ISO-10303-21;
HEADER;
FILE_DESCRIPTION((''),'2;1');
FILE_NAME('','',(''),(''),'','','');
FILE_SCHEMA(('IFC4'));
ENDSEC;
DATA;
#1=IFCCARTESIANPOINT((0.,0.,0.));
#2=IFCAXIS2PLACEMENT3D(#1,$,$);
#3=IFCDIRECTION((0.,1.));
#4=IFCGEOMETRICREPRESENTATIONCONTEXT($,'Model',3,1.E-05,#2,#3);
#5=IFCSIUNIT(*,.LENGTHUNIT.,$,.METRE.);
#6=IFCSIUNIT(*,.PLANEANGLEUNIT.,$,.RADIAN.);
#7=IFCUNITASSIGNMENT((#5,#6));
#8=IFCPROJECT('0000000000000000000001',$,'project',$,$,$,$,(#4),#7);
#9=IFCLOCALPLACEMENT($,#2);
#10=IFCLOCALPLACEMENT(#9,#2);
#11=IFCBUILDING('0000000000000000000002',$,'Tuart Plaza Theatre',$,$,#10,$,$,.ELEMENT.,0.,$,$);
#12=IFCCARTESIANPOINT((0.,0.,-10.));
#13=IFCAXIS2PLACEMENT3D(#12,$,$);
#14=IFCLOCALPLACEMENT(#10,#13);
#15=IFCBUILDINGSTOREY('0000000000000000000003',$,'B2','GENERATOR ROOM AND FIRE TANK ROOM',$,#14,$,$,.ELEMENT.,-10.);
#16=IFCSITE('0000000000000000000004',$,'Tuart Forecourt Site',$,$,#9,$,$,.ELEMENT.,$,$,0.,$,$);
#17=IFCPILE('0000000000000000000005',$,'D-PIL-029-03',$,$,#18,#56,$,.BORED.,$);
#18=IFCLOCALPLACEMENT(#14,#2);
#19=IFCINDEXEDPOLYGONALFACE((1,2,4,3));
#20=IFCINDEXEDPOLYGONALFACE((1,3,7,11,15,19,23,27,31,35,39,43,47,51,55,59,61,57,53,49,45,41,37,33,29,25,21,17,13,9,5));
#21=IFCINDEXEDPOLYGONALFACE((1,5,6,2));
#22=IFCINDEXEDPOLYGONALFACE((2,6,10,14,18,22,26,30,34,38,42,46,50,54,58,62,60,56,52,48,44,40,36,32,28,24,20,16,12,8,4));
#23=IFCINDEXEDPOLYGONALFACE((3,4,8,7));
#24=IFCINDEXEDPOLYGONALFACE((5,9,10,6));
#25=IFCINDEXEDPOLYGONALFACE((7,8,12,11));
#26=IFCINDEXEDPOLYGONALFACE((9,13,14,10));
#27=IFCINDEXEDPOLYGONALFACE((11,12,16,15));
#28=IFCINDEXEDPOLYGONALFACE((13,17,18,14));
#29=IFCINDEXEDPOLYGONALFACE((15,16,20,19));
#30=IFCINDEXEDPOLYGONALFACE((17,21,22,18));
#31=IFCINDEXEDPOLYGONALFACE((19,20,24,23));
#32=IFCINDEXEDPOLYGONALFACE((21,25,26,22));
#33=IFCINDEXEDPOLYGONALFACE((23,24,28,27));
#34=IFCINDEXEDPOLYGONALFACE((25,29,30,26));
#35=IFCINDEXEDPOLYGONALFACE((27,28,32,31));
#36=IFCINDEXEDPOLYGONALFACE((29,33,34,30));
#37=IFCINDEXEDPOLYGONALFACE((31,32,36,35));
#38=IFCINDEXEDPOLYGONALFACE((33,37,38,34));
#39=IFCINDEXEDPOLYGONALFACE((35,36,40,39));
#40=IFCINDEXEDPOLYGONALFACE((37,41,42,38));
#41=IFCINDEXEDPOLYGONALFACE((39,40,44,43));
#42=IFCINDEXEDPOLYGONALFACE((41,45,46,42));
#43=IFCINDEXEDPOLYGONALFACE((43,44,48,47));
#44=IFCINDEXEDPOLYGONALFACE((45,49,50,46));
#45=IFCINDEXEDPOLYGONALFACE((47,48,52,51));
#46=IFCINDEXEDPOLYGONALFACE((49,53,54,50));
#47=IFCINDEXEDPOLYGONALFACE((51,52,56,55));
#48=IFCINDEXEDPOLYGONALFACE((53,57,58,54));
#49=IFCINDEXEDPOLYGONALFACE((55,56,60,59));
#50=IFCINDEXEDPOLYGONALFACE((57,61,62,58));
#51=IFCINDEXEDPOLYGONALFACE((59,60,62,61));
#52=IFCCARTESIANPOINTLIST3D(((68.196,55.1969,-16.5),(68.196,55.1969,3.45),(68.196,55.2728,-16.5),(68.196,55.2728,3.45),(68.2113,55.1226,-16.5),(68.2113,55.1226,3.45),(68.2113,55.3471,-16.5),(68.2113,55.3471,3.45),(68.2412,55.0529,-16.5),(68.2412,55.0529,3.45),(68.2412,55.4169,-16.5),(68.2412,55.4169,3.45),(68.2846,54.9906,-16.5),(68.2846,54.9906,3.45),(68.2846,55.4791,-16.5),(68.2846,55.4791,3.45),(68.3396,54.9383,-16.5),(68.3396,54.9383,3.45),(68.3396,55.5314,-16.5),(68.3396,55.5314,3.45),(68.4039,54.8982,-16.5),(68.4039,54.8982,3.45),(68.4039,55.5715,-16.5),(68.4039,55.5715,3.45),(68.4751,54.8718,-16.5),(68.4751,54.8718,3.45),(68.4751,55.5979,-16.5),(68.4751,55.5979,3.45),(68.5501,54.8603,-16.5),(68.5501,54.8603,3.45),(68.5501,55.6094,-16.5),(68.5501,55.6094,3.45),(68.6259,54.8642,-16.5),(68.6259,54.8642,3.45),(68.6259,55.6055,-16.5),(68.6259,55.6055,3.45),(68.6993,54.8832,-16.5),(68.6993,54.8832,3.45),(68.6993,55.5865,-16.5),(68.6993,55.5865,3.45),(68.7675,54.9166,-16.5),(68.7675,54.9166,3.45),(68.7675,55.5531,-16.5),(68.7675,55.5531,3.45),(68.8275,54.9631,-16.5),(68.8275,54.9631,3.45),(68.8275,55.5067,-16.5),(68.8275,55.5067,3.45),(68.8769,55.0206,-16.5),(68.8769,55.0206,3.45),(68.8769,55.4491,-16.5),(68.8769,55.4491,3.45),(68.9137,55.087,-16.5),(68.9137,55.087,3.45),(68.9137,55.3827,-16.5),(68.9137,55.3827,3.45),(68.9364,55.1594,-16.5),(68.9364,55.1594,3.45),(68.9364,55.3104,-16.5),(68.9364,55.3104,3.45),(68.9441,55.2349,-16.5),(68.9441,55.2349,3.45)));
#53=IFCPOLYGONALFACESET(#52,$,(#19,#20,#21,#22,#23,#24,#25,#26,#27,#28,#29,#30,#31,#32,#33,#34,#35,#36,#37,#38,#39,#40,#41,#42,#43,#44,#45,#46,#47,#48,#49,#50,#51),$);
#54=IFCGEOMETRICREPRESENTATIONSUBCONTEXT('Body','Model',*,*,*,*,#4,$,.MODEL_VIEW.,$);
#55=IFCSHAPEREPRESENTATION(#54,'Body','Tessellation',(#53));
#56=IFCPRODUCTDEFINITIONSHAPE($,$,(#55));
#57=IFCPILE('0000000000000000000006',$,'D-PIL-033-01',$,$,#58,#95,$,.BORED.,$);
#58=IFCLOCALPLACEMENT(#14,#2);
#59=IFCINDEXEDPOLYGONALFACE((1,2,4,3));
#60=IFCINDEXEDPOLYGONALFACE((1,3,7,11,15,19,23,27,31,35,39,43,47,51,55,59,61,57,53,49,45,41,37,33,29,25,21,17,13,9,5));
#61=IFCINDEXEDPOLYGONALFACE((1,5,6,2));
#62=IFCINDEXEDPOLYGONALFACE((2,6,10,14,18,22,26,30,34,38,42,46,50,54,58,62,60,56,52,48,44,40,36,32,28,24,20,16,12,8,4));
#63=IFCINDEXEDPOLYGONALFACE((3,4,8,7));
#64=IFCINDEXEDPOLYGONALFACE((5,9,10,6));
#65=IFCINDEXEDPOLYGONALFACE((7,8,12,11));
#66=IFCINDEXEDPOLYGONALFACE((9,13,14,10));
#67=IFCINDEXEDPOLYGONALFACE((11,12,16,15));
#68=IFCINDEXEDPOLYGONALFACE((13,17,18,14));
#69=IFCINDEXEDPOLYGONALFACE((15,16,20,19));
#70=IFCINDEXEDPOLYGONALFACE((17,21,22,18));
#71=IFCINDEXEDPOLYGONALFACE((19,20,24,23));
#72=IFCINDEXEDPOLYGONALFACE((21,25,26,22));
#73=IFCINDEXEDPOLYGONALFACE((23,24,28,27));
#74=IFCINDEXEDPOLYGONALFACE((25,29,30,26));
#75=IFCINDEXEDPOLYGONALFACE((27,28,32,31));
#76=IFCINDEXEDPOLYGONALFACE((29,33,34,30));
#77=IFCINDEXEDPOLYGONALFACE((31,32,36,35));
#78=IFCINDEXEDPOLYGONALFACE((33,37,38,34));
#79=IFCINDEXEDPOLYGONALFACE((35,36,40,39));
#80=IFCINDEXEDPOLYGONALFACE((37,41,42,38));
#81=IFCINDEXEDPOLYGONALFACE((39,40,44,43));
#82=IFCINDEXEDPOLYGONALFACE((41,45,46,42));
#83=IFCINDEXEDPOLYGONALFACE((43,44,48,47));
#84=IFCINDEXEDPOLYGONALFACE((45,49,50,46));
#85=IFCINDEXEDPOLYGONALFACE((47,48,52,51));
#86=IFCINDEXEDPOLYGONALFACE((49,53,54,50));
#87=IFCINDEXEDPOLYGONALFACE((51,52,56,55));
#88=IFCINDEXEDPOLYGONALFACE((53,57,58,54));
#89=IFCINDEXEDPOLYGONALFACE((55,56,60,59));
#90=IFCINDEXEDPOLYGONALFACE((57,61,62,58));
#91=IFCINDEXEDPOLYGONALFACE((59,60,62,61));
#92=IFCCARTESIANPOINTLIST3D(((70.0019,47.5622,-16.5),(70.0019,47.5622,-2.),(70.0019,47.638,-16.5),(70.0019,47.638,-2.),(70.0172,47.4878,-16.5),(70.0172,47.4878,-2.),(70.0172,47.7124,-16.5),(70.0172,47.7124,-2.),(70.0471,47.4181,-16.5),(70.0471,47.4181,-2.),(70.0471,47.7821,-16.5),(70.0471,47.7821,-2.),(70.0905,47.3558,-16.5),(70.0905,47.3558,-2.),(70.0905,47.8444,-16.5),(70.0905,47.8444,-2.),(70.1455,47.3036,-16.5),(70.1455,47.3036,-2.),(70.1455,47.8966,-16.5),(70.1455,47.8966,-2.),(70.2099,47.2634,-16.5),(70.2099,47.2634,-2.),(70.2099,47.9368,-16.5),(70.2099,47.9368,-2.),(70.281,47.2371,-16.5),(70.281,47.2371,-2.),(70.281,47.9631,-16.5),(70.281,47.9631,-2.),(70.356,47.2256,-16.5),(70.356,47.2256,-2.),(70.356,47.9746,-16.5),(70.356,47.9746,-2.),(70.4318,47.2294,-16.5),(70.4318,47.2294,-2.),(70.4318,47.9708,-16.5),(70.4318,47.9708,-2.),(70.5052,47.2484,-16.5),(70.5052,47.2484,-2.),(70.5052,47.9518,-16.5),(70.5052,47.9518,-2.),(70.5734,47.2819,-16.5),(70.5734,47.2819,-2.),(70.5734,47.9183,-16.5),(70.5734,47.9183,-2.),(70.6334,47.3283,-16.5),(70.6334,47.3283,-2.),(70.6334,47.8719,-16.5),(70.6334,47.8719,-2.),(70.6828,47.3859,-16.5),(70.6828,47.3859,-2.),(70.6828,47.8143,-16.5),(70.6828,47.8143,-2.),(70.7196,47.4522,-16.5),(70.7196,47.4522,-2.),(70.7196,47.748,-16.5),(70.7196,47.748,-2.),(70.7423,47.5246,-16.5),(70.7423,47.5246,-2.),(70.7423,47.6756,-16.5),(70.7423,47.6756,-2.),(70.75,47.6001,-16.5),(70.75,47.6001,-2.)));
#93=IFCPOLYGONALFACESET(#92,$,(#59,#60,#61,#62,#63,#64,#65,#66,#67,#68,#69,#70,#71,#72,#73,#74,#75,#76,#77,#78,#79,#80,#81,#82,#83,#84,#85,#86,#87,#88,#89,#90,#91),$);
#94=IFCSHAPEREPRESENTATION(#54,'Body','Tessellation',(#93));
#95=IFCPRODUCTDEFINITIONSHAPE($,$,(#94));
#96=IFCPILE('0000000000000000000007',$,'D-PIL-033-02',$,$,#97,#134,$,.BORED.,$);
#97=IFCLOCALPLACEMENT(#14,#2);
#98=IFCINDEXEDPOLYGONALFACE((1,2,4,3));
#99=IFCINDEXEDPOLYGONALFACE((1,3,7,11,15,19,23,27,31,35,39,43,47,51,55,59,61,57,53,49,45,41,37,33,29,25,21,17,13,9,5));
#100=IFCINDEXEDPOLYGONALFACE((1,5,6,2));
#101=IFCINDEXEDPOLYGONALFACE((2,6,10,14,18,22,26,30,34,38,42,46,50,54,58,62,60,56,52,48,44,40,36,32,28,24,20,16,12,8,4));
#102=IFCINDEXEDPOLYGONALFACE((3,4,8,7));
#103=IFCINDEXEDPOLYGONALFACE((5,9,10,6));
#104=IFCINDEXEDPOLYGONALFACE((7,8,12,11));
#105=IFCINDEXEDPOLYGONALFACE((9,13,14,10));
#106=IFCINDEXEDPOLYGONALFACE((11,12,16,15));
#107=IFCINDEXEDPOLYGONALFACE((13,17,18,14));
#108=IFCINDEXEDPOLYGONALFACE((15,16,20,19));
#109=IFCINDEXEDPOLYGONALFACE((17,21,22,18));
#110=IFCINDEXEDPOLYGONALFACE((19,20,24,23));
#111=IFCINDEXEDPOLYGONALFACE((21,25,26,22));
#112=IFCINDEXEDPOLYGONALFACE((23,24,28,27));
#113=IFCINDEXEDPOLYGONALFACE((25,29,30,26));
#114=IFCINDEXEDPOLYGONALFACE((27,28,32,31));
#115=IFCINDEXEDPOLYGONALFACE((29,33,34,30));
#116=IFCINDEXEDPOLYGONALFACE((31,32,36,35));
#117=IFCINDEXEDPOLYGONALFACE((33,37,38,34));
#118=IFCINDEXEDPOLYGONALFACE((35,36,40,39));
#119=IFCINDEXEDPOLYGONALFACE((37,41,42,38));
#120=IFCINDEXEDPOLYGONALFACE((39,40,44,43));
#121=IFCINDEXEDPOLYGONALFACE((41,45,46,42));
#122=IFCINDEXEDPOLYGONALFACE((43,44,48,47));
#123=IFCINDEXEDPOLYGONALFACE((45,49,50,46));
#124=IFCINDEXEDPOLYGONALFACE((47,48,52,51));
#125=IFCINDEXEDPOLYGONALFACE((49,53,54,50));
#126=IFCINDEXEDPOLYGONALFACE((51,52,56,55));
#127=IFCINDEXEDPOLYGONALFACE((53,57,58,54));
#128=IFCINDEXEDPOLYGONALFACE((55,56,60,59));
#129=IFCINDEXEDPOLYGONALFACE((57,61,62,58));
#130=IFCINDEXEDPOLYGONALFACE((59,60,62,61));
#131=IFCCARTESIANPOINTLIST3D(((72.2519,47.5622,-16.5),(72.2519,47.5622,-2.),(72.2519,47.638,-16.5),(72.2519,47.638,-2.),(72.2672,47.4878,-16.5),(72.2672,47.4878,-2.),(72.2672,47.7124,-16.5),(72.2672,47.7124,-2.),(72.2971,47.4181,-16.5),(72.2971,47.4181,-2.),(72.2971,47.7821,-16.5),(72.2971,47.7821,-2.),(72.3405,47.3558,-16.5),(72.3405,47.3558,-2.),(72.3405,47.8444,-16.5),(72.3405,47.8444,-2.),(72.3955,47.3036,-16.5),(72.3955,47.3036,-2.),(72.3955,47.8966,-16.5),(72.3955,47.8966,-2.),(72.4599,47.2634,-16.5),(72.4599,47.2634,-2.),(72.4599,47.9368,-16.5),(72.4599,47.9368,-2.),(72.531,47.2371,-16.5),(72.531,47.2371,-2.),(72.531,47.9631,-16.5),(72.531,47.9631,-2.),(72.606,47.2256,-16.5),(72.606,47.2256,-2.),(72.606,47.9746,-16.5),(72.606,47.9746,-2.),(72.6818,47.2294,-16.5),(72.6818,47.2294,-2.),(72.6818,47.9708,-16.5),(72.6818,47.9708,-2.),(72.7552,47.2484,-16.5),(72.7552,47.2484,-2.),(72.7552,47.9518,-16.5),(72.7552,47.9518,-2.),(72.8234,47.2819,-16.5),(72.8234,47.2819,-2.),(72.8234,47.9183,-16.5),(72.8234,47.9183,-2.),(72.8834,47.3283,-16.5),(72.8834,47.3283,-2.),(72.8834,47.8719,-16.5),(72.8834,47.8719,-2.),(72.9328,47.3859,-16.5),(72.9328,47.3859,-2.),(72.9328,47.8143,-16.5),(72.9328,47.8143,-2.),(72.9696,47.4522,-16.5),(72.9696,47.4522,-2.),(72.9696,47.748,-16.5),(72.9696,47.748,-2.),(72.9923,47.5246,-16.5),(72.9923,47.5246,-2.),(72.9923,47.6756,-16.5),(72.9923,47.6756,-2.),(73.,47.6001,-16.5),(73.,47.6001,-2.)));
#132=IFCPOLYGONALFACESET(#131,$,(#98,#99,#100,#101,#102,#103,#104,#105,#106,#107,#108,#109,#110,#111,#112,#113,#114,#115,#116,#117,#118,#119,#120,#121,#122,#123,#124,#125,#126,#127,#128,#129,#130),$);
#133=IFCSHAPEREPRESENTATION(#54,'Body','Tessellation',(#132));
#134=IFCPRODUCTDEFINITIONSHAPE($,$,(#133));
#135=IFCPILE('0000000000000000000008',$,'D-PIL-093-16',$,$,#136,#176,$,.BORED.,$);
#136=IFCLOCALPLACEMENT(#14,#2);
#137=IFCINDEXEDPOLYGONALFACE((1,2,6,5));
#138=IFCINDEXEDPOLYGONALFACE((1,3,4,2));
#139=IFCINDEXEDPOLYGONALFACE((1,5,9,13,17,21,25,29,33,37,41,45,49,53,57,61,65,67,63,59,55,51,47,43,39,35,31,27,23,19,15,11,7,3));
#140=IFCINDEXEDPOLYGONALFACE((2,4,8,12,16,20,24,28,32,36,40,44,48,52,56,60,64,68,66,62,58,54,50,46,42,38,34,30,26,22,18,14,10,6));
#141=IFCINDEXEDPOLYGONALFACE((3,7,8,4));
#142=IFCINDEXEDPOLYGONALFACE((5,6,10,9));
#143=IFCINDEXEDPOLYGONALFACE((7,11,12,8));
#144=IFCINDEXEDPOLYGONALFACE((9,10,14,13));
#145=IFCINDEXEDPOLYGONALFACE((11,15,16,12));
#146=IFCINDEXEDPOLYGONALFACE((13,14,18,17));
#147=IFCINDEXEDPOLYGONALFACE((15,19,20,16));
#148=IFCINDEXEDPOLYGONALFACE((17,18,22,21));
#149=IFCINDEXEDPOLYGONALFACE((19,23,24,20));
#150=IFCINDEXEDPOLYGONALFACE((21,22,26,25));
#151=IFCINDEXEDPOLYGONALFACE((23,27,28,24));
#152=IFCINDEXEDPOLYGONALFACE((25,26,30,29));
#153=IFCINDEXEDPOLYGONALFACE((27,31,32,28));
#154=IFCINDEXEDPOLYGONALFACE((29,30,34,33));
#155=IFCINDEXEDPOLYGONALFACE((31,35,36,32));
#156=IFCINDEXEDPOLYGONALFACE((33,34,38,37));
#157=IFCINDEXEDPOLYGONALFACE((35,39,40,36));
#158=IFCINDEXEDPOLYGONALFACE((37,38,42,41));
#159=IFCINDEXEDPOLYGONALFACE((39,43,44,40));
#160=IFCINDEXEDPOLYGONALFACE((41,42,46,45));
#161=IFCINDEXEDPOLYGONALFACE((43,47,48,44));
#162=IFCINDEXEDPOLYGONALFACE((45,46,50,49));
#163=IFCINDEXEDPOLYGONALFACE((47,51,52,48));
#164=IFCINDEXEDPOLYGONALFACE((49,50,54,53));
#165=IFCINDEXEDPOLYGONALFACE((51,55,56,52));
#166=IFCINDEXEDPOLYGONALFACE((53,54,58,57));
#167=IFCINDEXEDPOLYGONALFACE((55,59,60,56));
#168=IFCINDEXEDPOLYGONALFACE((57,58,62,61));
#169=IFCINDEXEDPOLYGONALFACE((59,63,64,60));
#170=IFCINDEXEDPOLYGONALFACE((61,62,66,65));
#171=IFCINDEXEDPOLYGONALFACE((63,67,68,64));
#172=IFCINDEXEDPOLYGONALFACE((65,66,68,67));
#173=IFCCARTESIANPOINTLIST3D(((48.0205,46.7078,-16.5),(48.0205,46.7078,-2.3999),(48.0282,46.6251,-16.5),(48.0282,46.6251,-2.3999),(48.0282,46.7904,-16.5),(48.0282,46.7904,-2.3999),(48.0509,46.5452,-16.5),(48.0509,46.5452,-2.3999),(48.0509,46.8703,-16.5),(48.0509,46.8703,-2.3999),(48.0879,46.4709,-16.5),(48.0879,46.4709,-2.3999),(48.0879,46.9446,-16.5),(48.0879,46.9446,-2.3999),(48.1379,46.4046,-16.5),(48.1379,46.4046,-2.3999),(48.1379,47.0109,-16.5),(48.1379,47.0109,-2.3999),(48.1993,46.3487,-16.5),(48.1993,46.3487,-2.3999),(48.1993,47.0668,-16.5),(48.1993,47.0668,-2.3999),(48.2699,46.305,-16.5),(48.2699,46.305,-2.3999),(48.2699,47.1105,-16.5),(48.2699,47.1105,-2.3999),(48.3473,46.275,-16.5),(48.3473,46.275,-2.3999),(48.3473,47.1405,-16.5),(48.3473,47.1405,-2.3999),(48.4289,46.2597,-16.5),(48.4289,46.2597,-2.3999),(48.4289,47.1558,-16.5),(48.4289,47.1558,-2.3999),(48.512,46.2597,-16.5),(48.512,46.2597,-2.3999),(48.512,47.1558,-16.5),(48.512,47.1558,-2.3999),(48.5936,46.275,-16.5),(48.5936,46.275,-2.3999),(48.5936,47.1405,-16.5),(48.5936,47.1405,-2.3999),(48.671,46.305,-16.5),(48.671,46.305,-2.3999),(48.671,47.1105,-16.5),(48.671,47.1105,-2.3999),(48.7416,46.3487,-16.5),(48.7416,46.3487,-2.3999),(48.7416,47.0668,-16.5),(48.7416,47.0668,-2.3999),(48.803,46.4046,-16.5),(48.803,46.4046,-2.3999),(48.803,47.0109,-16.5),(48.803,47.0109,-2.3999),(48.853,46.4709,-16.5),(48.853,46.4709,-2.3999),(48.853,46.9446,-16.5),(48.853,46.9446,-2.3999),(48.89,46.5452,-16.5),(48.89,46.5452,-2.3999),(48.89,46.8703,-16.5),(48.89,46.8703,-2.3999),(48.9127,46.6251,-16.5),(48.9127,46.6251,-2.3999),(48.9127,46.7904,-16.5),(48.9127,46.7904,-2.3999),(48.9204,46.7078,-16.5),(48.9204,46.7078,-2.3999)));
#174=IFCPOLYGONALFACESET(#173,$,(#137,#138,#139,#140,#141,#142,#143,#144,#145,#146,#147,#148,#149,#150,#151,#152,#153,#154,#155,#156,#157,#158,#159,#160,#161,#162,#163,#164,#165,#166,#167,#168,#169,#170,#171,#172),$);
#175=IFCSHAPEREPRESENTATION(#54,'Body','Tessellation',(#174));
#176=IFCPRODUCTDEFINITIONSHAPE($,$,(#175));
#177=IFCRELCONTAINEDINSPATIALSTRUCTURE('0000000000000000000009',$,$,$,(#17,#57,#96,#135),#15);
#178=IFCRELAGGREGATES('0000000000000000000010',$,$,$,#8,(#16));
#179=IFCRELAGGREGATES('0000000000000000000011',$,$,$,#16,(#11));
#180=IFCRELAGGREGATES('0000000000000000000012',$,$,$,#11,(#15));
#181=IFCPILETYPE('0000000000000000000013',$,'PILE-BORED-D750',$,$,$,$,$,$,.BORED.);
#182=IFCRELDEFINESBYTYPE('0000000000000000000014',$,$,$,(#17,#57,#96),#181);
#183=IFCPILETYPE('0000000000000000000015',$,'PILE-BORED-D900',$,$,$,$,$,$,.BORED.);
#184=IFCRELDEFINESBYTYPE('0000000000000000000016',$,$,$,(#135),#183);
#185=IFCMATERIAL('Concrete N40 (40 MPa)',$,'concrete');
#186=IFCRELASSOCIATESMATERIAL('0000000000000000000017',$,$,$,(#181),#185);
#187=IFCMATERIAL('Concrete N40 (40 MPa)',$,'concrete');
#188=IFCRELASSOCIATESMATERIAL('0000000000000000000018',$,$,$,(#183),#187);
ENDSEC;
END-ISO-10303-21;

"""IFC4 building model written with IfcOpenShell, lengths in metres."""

from ifc_helpers import new_model, si_unit, direction, frame, origin, origin_2d, place, context, subcontext, project, spatial, circle, extrude, material, material_profile, profile_set, type_object, element, save


model = new_model("IFC4")

# Units and contexts
model_context = context("Model", 3, precision=1e-05, world=origin(), true_north=direction((0.0, 1.0)))
body_context = subcontext(model_context, "Body", "Model", "MODEL_VIEW")
ifc_project = project(units=[si_unit("LENGTHUNIT", "METRE"), si_unit("PLANEANGLEUNIT", "RADIAN")], contexts=[model_context])

# Site, building, storey
site_placement = place(None, origin())
site = spatial("IfcSite", under=ifc_project, at=site_placement, Name="Tuart Forecourt Site", CompositionType="ELEMENT", RefElevation=0.0)
building_placement = place(site_placement, origin())
building = spatial("IfcBuilding", under=site, at=building_placement, Name="Tuart Plaza Theatre", CompositionType="ELEMENT", ElevationOfRefHeight=0.0)
storey_placement = place(building_placement, frame((0.0, 0.0, -10.0)))
storey = spatial("IfcBuildingStorey", under=building, at=storey_placement, Name="B2", Description="GENERATOR ROOM AND FIRE TANK ROOM", CompositionType="ELEMENT", Elevation=-10.0)

# Piles
ifc_material_1 = material(Name="Concrete N40 (40 MPa)", Category="concrete")
ifc_material_profile_1 = material_profile(ifc_material_1, circle(Radius=0.375, at=origin_2d()), Name="PILE-BORED-D750")
ifc_profile_set_1 = profile_set([ifc_material_profile_1], Name="Concrete N40 (40 MPa)")
pile_type_1 = type_object("IfcPileType", Name="PILE-BORED-D750", PredefinedType="BORED", material=ifc_profile_set_1)
for number, where, z_axis, x_axis, name in (
    (1, (68.5691, 55.2349, 3.45), (0.0, 0.0, -1.0), (1.0, 0.0, 0.0), "D-PIL-029-03"),
):
    element("IfcPile", number, at=place(storey_placement, frame(where, z_axis=z_axis, x_axis=x_axis)), inside=storey, type_object=pile_type_1, Name=name, PredefinedType="BORED", context=body_context, shape_type="SweptSolid", body=[
        extrude(circle(Radius=0.375, at=origin_2d()), origin(), (0.0, 0.0, 1.0), 19.95),
    ])
for number, where, z_axis, x_axis, name in (
    (2, (70.375, 47.6001, -2.0), (0.0, 0.0, -1.0), (1.0, 0.0, 0.0), "D-PIL-033-01"),
    (3, (72.625, 47.6001, -2.0), (0.0, 0.0, -1.0), (1.0, 0.0, 0.0), "D-PIL-033-02"),
):
    element("IfcPile", number, at=place(storey_placement, frame(where, z_axis=z_axis, x_axis=x_axis)), inside=storey, type_object=pile_type_1, Name=name, PredefinedType="BORED", context=body_context, shape_type="SweptSolid", body=[
        extrude(circle(Radius=0.375, at=origin_2d()), origin(), (0.0, 0.0, 1.0), 14.5),
    ])
ifc_material_2 = material(Name="Concrete N40 (40 MPa)", Category="concrete")
ifc_material_profile_2 = material_profile(ifc_material_2, circle(Radius=0.45, at=origin_2d()), Name="PILE-BORED-D900")
ifc_profile_set_2 = profile_set([ifc_material_profile_2], Name="Concrete N40 (40 MPa)")
pile_type_2 = type_object("IfcPileType", Name="PILE-BORED-D900", PredefinedType="BORED", material=ifc_profile_set_2)
for number, where, z_axis, x_axis, name in (
    (4, (48.4705, 46.7078, -2.3999), (0.0, 0.0, -1.0), (1.0, 0.0, 0.0), "D-PIL-093-16"),
):
    element("IfcPile", number, at=place(storey_placement, frame(where, z_axis=z_axis, x_axis=x_axis)), inside=storey, type_object=pile_type_2, Name=name, PredefinedType="BORED", context=body_context, shape_type="SweptSolid", body=[
        extrude(circle(Radius=0.45, at=origin_2d()), origin(), (0.0, 0.0, 1.0), 14.1001),
    ])

save(model, "model.ifc")
